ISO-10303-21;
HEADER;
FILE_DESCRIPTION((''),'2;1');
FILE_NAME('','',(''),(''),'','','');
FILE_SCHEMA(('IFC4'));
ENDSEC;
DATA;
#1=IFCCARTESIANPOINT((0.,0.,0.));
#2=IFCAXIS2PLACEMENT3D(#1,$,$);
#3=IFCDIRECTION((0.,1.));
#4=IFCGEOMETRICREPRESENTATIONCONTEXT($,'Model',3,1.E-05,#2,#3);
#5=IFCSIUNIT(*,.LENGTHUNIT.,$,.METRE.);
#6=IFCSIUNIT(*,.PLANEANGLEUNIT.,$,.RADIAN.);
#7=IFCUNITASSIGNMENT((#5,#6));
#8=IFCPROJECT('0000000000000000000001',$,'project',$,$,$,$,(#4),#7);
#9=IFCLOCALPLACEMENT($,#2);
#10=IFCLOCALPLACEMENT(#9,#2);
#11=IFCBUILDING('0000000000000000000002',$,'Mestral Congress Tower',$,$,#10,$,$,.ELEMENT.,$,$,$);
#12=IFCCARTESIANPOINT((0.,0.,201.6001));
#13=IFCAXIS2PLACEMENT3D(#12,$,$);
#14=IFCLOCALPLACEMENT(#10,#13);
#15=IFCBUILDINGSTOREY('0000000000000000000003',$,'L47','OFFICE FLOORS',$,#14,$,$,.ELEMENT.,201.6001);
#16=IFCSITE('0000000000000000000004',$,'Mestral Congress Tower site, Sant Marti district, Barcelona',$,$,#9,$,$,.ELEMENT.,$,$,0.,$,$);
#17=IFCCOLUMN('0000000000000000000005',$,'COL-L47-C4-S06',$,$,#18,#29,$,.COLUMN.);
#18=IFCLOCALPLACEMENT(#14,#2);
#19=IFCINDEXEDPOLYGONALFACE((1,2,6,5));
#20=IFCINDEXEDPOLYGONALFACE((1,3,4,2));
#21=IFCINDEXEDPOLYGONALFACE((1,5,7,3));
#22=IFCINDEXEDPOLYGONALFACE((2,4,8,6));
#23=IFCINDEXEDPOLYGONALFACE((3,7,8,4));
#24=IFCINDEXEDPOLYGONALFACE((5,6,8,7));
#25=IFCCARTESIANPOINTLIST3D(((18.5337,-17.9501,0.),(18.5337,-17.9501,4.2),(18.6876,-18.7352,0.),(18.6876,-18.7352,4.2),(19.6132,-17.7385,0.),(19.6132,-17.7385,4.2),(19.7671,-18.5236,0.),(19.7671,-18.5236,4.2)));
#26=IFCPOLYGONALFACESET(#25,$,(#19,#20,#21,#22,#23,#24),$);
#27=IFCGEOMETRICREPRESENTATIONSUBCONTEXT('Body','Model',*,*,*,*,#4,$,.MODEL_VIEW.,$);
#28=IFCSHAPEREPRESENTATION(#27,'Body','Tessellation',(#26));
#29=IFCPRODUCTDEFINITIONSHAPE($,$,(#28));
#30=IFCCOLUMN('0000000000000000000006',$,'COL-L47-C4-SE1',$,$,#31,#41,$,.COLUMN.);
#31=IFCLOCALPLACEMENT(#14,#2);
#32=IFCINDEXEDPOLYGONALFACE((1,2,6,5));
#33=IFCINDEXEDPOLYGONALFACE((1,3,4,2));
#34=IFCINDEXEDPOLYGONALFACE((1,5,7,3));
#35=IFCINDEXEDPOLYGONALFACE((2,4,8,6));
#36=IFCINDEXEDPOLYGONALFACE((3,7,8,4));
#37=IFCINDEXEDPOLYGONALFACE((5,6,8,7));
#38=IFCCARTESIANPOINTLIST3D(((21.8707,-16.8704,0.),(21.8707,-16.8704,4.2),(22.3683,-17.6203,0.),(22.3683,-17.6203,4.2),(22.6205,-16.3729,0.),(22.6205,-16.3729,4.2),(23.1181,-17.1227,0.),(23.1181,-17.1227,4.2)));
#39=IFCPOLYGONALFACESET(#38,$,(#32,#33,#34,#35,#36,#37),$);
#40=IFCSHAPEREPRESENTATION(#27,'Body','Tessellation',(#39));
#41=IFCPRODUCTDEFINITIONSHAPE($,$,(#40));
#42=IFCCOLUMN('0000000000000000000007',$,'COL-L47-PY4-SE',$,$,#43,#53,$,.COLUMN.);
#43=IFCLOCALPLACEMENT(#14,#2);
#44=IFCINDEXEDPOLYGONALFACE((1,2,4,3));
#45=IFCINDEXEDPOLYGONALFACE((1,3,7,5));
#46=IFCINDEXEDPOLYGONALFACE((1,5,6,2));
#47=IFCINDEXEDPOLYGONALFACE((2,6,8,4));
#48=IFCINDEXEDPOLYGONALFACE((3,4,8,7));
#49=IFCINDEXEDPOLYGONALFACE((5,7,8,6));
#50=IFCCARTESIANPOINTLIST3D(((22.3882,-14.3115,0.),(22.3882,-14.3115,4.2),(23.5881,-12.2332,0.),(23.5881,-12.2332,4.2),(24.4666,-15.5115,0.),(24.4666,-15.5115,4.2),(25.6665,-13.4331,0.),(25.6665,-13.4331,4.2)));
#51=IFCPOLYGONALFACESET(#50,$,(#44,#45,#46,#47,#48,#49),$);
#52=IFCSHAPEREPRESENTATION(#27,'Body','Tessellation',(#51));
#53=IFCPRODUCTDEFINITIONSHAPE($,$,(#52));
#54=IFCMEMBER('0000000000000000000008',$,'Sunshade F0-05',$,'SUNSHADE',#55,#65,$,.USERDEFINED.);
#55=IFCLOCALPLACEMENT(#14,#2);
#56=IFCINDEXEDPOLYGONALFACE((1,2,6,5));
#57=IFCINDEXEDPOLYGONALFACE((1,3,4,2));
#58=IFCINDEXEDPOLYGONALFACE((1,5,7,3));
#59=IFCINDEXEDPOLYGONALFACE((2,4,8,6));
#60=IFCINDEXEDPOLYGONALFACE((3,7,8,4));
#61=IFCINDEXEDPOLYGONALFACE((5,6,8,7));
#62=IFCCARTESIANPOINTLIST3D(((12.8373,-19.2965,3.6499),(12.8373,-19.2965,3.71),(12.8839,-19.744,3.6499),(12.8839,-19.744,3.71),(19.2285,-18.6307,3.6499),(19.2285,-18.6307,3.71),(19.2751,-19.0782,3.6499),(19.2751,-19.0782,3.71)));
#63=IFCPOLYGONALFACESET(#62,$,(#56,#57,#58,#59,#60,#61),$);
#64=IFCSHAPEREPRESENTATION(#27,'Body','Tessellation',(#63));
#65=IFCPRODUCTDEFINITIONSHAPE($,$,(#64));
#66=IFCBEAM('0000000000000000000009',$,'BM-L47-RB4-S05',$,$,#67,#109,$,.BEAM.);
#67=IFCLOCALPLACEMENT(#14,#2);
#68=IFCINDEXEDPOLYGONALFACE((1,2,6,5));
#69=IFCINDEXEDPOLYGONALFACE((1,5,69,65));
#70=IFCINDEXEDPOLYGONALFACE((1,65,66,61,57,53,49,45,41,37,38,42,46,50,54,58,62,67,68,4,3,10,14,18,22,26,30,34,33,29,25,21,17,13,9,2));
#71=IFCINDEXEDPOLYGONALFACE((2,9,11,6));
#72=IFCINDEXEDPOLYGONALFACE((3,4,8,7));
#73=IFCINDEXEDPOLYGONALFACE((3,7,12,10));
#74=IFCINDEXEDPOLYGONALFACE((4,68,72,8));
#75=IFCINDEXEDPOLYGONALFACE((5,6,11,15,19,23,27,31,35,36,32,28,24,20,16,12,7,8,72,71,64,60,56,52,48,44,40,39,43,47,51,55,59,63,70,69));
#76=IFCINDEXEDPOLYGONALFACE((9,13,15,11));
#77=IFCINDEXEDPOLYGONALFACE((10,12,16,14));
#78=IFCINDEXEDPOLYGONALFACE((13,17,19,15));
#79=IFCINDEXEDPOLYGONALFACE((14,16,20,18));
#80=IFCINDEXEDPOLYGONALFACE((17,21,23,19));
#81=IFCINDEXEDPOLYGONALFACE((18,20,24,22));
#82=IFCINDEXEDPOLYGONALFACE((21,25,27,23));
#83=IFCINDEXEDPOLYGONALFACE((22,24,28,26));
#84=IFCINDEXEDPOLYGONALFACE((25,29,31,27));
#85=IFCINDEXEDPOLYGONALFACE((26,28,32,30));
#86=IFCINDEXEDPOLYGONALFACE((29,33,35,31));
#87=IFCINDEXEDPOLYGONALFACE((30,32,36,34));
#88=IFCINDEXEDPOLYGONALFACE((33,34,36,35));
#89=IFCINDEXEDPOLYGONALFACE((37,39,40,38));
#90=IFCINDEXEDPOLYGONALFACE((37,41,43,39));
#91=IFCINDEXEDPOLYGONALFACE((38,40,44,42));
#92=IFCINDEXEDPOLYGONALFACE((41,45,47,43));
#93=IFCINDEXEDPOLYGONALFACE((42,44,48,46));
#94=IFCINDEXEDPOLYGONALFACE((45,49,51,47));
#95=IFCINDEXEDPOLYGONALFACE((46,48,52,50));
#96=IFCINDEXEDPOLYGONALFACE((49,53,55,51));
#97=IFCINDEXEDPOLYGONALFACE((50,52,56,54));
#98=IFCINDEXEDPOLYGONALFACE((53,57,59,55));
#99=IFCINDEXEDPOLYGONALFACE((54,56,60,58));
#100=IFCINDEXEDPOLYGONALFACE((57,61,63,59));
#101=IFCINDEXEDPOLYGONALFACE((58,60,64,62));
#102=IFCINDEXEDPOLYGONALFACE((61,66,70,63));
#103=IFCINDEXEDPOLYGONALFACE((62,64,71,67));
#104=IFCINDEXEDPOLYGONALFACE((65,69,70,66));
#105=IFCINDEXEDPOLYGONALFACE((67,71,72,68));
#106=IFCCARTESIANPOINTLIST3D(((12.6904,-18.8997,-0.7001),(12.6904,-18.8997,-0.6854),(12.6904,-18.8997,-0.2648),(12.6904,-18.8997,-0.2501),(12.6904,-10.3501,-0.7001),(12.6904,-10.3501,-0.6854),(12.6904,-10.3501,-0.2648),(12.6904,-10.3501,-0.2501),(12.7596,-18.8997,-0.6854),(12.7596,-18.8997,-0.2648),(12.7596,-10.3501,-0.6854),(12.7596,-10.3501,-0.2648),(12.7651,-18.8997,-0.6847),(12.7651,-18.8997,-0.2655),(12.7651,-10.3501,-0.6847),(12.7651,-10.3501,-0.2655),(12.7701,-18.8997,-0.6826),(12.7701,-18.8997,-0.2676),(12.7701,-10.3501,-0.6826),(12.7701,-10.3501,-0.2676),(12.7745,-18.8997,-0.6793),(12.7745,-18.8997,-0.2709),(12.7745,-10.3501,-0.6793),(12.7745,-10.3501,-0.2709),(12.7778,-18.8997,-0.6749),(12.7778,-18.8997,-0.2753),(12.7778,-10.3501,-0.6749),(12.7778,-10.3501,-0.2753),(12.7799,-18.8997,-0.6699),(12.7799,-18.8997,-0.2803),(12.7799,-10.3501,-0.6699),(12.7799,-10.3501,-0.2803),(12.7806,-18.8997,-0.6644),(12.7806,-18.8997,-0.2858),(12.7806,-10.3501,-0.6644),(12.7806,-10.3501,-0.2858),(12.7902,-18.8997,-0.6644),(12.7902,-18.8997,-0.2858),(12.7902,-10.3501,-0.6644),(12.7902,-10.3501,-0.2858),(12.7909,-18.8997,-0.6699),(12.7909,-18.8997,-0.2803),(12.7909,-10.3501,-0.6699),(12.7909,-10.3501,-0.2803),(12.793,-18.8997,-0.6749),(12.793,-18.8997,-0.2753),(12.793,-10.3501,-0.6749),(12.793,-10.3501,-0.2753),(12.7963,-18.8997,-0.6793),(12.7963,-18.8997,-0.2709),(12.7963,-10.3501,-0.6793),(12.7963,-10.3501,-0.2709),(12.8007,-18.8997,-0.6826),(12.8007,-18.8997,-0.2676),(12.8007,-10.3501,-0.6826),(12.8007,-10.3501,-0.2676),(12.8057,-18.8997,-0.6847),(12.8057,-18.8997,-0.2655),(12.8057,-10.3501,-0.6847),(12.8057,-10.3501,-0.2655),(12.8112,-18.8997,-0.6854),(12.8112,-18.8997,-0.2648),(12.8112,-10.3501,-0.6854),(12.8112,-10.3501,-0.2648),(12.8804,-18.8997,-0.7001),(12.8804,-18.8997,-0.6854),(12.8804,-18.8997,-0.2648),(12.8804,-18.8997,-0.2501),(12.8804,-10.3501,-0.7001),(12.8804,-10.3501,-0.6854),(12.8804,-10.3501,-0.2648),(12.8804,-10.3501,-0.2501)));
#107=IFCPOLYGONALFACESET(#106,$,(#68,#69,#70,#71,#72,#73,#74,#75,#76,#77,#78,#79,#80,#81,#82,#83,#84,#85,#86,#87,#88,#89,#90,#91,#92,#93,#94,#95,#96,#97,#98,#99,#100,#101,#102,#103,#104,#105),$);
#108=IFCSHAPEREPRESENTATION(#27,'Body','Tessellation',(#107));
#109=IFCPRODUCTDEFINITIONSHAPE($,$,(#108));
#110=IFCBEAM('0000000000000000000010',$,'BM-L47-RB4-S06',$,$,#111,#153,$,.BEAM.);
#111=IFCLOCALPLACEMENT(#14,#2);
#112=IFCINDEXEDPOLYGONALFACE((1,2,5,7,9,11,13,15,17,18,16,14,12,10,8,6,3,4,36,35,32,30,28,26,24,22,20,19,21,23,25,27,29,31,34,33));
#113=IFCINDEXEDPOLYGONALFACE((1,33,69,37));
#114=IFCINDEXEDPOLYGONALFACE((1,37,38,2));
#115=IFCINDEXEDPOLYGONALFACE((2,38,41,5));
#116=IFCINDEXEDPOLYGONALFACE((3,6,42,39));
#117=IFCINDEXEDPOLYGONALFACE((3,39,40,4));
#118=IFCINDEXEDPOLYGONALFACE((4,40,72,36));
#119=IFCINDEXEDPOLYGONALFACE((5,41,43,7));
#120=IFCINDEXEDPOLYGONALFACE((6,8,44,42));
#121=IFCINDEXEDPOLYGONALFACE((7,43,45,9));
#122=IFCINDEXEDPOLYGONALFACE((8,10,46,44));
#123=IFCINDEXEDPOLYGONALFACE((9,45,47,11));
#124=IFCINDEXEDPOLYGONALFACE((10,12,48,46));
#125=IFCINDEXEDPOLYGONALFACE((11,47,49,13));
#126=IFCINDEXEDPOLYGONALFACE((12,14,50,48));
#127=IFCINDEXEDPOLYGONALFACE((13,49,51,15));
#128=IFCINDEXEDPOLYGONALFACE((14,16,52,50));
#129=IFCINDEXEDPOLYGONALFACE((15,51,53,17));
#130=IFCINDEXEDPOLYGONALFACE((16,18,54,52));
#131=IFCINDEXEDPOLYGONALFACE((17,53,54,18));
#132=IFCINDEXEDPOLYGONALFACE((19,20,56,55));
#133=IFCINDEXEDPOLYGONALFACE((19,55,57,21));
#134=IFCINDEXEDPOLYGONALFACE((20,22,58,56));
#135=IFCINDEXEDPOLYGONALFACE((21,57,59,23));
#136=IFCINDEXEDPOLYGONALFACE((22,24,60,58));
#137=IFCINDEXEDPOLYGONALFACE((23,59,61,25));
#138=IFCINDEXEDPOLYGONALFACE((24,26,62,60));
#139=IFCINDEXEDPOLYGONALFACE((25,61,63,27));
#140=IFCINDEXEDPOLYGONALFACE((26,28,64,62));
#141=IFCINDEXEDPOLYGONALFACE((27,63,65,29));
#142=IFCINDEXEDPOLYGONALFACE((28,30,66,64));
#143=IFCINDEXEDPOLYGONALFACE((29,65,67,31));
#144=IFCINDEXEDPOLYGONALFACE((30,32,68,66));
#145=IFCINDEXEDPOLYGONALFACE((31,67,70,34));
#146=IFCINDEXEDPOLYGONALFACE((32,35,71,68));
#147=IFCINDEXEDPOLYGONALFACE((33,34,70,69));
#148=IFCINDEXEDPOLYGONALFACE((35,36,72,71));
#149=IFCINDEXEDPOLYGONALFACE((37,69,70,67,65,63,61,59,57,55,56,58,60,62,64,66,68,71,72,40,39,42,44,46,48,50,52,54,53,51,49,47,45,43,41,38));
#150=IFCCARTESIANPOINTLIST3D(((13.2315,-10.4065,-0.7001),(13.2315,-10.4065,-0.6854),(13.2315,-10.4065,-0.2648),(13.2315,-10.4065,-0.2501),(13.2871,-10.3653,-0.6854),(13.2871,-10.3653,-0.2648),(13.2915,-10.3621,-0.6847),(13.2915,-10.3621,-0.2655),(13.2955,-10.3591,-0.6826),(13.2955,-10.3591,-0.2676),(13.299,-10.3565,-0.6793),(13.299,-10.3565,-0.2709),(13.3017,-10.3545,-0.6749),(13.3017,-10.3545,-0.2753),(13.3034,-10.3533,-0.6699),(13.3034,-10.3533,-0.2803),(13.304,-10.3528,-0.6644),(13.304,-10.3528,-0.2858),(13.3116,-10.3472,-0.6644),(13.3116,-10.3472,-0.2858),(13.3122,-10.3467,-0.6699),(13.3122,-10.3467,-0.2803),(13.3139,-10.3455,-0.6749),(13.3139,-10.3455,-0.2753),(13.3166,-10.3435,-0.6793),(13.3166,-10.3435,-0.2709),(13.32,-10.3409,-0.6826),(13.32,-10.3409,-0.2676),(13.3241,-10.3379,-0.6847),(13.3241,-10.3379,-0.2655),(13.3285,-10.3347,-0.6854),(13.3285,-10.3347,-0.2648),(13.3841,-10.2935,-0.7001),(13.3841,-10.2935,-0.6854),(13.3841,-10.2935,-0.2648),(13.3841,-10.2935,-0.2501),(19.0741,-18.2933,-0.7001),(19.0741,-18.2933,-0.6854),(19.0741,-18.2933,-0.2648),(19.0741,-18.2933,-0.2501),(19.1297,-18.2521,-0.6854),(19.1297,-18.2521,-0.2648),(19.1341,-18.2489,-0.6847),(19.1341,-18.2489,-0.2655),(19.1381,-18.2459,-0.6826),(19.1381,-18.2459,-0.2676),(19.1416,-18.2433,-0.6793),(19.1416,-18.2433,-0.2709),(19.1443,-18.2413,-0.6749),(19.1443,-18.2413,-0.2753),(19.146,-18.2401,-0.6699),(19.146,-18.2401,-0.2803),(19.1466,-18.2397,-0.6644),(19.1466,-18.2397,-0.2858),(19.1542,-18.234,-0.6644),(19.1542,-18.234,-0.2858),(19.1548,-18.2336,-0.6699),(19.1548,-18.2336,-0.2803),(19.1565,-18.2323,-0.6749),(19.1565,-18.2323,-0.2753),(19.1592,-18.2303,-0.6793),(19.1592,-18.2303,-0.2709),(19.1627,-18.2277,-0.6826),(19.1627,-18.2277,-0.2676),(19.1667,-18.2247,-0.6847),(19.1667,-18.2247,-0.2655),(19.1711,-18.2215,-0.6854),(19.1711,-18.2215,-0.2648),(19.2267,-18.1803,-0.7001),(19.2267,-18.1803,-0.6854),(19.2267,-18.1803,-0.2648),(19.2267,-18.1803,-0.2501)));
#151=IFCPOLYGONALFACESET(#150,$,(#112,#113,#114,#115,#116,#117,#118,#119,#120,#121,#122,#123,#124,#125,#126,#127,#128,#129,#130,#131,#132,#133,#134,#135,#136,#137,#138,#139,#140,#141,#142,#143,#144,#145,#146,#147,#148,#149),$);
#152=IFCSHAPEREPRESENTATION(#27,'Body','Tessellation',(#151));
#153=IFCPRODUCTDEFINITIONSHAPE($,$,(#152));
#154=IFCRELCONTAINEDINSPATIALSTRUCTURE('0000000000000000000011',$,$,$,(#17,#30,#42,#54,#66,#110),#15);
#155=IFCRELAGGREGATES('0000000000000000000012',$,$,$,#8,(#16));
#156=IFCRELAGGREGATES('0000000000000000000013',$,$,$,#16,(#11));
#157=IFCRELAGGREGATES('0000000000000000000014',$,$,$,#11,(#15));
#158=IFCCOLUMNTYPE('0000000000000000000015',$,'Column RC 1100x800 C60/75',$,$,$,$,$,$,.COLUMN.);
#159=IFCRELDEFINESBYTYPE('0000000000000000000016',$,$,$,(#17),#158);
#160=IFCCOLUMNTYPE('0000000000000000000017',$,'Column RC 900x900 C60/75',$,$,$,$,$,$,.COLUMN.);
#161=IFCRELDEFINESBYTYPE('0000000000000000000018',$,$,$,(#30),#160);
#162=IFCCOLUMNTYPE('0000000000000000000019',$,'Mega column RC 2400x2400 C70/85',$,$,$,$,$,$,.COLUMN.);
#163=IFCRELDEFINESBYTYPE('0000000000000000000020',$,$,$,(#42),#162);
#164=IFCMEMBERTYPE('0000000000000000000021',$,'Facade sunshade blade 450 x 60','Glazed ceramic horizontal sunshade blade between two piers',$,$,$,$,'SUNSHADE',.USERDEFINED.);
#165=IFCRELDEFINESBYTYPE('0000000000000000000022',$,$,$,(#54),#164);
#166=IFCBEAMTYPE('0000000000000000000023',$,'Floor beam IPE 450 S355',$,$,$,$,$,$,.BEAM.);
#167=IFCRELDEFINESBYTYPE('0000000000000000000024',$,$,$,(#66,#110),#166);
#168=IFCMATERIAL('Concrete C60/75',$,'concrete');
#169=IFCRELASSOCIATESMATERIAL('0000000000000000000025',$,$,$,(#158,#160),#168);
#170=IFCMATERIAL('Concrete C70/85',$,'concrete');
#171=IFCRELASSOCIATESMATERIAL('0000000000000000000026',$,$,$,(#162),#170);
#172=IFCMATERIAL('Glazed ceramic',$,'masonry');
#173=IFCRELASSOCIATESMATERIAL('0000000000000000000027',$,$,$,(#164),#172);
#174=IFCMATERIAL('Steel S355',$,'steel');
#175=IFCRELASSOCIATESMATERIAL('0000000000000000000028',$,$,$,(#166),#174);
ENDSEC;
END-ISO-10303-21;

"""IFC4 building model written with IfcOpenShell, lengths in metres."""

from ifc_helpers import new_model, si_unit, direction, frame, origin, origin_2d, place, context, subcontext, project, spatial, rectangle, i_section, extrude, material, material_profile, profile_set, type_object, element, save


model = new_model("IFC4")

# Units and contexts
model_context = context("Model", 3, precision=1e-05, world=origin(), true_north=direction((0.0, 1.0)))
body_context = subcontext(model_context, "Body", "Model", "MODEL_VIEW")
ifc_project = project(units=[si_unit("LENGTHUNIT", "METRE"), si_unit("PLANEANGLEUNIT", "RADIAN")], contexts=[model_context])

# Site, building, storey
site_placement = place(None, origin())
site = spatial("IfcSite", under=ifc_project, at=site_placement, Name="Mestral Congress Tower site, Sant Marti district, Barcelona", CompositionType="ELEMENT", RefElevation=0.0)
building_placement = place(site_placement, origin())
building = spatial("IfcBuilding", under=site, at=building_placement, Name="Mestral Congress Tower", CompositionType="ELEMENT")
storey_placement = place(building_placement, frame((0.0, 0.0, 201.6001)))
storey = spatial("IfcBuildingStorey", under=building, at=storey_placement, Name="L47", Description="OFFICE FLOORS", CompositionType="ELEMENT", Elevation=201.6001)

# Columns
ifc_material_1 = material(Name="Concrete C60/75", Category="concrete")
ifc_material_profile_1 = material_profile(ifc_material_1, rectangle(XDim=1.1001, YDim=0.8, at=origin_2d()), Name="RC 1100x800")
ifc_profile_set_1 = profile_set([ifc_material_profile_1], Name="Concrete C60/75")
column_type_1 = type_object("IfcColumnType", Name="Column RC 1100x800 C60/75", PredefinedType="COLUMN", material=ifc_profile_set_1)
column_1_placement = place(storey_placement, frame((19.1504, -18.2368, 0.0), z_axis=(0.0, 0.0, 1.0), x_axis=(0.981325, 0.192359, 0.0)))
element("IfcColumn", 1, at=column_1_placement, inside=storey, type_object=column_type_1, Name="COL-L47-C4-S06", PredefinedType="COLUMN", context=body_context, shape_type="SweptSolid", body=[
    extrude(rectangle(XDim=1.1001, YDim=0.8, at=origin_2d()), origin(), (0.0, 0.0, 1.0), 4.2),
])
ifc_material_profile_2 = material_profile(ifc_material_1, rectangle(XDim=0.8999, YDim=0.8999, at=origin_2d()), Name="RC 900x900")
ifc_profile_set_2 = profile_set([ifc_material_profile_2], Name="Concrete C60/75")
column_type_2 = type_object("IfcColumnType", Name="Column RC 900x900 C60/75", PredefinedType="COLUMN", material=ifc_profile_set_2)
column_2_placement = place(storey_placement, frame((22.4944, -16.9966, 0.0), z_axis=(0.0, 0.0, 1.0), x_axis=(0.833239, 0.552913, 0.0)))
element("IfcColumn", 2, at=column_2_placement, inside=storey, type_object=column_type_2, Name="COL-L47-C4-SE1", PredefinedType="COLUMN", context=body_context, shape_type="SweptSolid", body=[
    extrude(rectangle(XDim=0.8999, YDim=0.8999, at=origin_2d()), origin(), (0.0, 0.0, 1.0), 4.2),
])
ifc_material_2 = material(Name="Concrete C70/85", Category="concrete")
ifc_material_profile_3 = material_profile(ifc_material_2, rectangle(XDim=2.3999, YDim=2.3999, at=origin_2d()), Name="RC 2400x2400")
ifc_profile_set_3 = profile_set([ifc_material_profile_3], Name="Concrete C70/85")
column_type_3 = type_object("IfcColumnType", Name="Mega column RC 2400x2400 C70/85", PredefinedType="COLUMN", material=ifc_profile_set_3)
column_3_placement = place(storey_placement, frame((24.0273, -13.8723, 0.0), z_axis=(0.0, 0.0, 1.0), x_axis=(0.866025, -0.5, 0.0)))
element("IfcColumn", 3, at=column_3_placement, inside=storey, type_object=column_type_3, Name="COL-L47-PY4-SE", PredefinedType="COLUMN", context=body_context, shape_type="SweptSolid", body=[
    extrude(rectangle(XDim=2.3999, YDim=2.3999, at=origin_2d()), origin(), (0.0, 0.0, 1.0), 4.2),
])

# Member
ifc_material_3 = material(Name="Glazed ceramic", Category="masonry")
ifc_material_profile_4 = material_profile(ifc_material_3, rectangle(XDim=0.45, YDim=0.0601, at=origin_2d()), Name="Ceramic blade 450 x 60")
ifc_profile_set_4 = profile_set([ifc_material_profile_4], Name="Glazed ceramic")
member_type = type_object("IfcMemberType", Name="Facade sunshade blade 450 x 60", Description="Glazed ceramic horizontal sunshade blade between two piers", ElementType="SUNSHADE", PredefinedType="USERDEFINED", material=ifc_profile_set_4)
member_placement = place(storey_placement, frame((12.8606, -19.5203, 3.6799), z_axis=(0.994618, 0.103611, 0.0), x_axis=(-0.103611, 0.994618, 0.0)))
element("IfcMember", 4, at=member_placement, inside=storey, type_object=member_type, Name="Sunshade F0-05", ObjectType="SUNSHADE", PredefinedType="USERDEFINED", context=body_context, shape_type="SweptSolid", body=[
    extrude(rectangle(XDim=0.45, YDim=0.0601, at=origin_2d()), origin(), (0.0, 0.0, 1.0), 6.4258),
])

# Beams
ifc_material_4 = material(Name="Steel S355", Category="steel")
ifc_material_profile_5 = material_profile(ifc_material_4, i_section(OverallWidth=0.1899, OverallDepth=0.45, WebThickness=0.0095, FlangeThickness=0.0146, FilletRadius=0.021, at=origin_2d()), Name="IPE 450")
ifc_profile_set_5 = profile_set([ifc_material_profile_5], Name="Steel S355")
beam_type_1 = type_object("IfcBeamType", Name="Floor beam IPE 450 S355", PredefinedType="BEAM", material=ifc_profile_set_5)
beam_1_placement = place(storey_placement, frame((12.7854, -18.8997, -0.4751), z_axis=(0.0, 1.0, 0.0), x_axis=(-1.0, 0.0, 0.0)))
element("IfcBeam", 5, at=beam_1_placement, inside=storey, type_object=beam_type_1, Name="BM-L47-RB4-S05", PredefinedType="BEAM", context=body_context, shape_type="SweptSolid", body=[
    extrude(i_section(OverallWidth=0.1899, OverallDepth=0.45, WebThickness=0.0095, FlangeThickness=0.0146, FilletRadius=0.021, at=origin_2d()), origin(), (0.0, 0.0, 1.0), 8.5496),
])
beam_2_placement = place(storey_placement, frame((19.1504, -18.2368, -0.4751), z_axis=(-0.595261, 0.803532, 0.0), x_axis=(-0.803532, -0.595261, 0.0)))
element("IfcBeam", 6, at=beam_2_placement, inside=storey, type_object=beam_type_1, Name="BM-L47-RB4-S06", PredefinedType="BEAM", context=body_context, shape_type="SweptSolid", body=[
    extrude(i_section(OverallWidth=0.1899, OverallDepth=0.45, WebThickness=0.0095, FlangeThickness=0.0146, FilletRadius=0.021, at=origin_2d()), origin(), (0.0, 0.0, 1.0), 9.8152),
])

save(model, "model.ifc")
